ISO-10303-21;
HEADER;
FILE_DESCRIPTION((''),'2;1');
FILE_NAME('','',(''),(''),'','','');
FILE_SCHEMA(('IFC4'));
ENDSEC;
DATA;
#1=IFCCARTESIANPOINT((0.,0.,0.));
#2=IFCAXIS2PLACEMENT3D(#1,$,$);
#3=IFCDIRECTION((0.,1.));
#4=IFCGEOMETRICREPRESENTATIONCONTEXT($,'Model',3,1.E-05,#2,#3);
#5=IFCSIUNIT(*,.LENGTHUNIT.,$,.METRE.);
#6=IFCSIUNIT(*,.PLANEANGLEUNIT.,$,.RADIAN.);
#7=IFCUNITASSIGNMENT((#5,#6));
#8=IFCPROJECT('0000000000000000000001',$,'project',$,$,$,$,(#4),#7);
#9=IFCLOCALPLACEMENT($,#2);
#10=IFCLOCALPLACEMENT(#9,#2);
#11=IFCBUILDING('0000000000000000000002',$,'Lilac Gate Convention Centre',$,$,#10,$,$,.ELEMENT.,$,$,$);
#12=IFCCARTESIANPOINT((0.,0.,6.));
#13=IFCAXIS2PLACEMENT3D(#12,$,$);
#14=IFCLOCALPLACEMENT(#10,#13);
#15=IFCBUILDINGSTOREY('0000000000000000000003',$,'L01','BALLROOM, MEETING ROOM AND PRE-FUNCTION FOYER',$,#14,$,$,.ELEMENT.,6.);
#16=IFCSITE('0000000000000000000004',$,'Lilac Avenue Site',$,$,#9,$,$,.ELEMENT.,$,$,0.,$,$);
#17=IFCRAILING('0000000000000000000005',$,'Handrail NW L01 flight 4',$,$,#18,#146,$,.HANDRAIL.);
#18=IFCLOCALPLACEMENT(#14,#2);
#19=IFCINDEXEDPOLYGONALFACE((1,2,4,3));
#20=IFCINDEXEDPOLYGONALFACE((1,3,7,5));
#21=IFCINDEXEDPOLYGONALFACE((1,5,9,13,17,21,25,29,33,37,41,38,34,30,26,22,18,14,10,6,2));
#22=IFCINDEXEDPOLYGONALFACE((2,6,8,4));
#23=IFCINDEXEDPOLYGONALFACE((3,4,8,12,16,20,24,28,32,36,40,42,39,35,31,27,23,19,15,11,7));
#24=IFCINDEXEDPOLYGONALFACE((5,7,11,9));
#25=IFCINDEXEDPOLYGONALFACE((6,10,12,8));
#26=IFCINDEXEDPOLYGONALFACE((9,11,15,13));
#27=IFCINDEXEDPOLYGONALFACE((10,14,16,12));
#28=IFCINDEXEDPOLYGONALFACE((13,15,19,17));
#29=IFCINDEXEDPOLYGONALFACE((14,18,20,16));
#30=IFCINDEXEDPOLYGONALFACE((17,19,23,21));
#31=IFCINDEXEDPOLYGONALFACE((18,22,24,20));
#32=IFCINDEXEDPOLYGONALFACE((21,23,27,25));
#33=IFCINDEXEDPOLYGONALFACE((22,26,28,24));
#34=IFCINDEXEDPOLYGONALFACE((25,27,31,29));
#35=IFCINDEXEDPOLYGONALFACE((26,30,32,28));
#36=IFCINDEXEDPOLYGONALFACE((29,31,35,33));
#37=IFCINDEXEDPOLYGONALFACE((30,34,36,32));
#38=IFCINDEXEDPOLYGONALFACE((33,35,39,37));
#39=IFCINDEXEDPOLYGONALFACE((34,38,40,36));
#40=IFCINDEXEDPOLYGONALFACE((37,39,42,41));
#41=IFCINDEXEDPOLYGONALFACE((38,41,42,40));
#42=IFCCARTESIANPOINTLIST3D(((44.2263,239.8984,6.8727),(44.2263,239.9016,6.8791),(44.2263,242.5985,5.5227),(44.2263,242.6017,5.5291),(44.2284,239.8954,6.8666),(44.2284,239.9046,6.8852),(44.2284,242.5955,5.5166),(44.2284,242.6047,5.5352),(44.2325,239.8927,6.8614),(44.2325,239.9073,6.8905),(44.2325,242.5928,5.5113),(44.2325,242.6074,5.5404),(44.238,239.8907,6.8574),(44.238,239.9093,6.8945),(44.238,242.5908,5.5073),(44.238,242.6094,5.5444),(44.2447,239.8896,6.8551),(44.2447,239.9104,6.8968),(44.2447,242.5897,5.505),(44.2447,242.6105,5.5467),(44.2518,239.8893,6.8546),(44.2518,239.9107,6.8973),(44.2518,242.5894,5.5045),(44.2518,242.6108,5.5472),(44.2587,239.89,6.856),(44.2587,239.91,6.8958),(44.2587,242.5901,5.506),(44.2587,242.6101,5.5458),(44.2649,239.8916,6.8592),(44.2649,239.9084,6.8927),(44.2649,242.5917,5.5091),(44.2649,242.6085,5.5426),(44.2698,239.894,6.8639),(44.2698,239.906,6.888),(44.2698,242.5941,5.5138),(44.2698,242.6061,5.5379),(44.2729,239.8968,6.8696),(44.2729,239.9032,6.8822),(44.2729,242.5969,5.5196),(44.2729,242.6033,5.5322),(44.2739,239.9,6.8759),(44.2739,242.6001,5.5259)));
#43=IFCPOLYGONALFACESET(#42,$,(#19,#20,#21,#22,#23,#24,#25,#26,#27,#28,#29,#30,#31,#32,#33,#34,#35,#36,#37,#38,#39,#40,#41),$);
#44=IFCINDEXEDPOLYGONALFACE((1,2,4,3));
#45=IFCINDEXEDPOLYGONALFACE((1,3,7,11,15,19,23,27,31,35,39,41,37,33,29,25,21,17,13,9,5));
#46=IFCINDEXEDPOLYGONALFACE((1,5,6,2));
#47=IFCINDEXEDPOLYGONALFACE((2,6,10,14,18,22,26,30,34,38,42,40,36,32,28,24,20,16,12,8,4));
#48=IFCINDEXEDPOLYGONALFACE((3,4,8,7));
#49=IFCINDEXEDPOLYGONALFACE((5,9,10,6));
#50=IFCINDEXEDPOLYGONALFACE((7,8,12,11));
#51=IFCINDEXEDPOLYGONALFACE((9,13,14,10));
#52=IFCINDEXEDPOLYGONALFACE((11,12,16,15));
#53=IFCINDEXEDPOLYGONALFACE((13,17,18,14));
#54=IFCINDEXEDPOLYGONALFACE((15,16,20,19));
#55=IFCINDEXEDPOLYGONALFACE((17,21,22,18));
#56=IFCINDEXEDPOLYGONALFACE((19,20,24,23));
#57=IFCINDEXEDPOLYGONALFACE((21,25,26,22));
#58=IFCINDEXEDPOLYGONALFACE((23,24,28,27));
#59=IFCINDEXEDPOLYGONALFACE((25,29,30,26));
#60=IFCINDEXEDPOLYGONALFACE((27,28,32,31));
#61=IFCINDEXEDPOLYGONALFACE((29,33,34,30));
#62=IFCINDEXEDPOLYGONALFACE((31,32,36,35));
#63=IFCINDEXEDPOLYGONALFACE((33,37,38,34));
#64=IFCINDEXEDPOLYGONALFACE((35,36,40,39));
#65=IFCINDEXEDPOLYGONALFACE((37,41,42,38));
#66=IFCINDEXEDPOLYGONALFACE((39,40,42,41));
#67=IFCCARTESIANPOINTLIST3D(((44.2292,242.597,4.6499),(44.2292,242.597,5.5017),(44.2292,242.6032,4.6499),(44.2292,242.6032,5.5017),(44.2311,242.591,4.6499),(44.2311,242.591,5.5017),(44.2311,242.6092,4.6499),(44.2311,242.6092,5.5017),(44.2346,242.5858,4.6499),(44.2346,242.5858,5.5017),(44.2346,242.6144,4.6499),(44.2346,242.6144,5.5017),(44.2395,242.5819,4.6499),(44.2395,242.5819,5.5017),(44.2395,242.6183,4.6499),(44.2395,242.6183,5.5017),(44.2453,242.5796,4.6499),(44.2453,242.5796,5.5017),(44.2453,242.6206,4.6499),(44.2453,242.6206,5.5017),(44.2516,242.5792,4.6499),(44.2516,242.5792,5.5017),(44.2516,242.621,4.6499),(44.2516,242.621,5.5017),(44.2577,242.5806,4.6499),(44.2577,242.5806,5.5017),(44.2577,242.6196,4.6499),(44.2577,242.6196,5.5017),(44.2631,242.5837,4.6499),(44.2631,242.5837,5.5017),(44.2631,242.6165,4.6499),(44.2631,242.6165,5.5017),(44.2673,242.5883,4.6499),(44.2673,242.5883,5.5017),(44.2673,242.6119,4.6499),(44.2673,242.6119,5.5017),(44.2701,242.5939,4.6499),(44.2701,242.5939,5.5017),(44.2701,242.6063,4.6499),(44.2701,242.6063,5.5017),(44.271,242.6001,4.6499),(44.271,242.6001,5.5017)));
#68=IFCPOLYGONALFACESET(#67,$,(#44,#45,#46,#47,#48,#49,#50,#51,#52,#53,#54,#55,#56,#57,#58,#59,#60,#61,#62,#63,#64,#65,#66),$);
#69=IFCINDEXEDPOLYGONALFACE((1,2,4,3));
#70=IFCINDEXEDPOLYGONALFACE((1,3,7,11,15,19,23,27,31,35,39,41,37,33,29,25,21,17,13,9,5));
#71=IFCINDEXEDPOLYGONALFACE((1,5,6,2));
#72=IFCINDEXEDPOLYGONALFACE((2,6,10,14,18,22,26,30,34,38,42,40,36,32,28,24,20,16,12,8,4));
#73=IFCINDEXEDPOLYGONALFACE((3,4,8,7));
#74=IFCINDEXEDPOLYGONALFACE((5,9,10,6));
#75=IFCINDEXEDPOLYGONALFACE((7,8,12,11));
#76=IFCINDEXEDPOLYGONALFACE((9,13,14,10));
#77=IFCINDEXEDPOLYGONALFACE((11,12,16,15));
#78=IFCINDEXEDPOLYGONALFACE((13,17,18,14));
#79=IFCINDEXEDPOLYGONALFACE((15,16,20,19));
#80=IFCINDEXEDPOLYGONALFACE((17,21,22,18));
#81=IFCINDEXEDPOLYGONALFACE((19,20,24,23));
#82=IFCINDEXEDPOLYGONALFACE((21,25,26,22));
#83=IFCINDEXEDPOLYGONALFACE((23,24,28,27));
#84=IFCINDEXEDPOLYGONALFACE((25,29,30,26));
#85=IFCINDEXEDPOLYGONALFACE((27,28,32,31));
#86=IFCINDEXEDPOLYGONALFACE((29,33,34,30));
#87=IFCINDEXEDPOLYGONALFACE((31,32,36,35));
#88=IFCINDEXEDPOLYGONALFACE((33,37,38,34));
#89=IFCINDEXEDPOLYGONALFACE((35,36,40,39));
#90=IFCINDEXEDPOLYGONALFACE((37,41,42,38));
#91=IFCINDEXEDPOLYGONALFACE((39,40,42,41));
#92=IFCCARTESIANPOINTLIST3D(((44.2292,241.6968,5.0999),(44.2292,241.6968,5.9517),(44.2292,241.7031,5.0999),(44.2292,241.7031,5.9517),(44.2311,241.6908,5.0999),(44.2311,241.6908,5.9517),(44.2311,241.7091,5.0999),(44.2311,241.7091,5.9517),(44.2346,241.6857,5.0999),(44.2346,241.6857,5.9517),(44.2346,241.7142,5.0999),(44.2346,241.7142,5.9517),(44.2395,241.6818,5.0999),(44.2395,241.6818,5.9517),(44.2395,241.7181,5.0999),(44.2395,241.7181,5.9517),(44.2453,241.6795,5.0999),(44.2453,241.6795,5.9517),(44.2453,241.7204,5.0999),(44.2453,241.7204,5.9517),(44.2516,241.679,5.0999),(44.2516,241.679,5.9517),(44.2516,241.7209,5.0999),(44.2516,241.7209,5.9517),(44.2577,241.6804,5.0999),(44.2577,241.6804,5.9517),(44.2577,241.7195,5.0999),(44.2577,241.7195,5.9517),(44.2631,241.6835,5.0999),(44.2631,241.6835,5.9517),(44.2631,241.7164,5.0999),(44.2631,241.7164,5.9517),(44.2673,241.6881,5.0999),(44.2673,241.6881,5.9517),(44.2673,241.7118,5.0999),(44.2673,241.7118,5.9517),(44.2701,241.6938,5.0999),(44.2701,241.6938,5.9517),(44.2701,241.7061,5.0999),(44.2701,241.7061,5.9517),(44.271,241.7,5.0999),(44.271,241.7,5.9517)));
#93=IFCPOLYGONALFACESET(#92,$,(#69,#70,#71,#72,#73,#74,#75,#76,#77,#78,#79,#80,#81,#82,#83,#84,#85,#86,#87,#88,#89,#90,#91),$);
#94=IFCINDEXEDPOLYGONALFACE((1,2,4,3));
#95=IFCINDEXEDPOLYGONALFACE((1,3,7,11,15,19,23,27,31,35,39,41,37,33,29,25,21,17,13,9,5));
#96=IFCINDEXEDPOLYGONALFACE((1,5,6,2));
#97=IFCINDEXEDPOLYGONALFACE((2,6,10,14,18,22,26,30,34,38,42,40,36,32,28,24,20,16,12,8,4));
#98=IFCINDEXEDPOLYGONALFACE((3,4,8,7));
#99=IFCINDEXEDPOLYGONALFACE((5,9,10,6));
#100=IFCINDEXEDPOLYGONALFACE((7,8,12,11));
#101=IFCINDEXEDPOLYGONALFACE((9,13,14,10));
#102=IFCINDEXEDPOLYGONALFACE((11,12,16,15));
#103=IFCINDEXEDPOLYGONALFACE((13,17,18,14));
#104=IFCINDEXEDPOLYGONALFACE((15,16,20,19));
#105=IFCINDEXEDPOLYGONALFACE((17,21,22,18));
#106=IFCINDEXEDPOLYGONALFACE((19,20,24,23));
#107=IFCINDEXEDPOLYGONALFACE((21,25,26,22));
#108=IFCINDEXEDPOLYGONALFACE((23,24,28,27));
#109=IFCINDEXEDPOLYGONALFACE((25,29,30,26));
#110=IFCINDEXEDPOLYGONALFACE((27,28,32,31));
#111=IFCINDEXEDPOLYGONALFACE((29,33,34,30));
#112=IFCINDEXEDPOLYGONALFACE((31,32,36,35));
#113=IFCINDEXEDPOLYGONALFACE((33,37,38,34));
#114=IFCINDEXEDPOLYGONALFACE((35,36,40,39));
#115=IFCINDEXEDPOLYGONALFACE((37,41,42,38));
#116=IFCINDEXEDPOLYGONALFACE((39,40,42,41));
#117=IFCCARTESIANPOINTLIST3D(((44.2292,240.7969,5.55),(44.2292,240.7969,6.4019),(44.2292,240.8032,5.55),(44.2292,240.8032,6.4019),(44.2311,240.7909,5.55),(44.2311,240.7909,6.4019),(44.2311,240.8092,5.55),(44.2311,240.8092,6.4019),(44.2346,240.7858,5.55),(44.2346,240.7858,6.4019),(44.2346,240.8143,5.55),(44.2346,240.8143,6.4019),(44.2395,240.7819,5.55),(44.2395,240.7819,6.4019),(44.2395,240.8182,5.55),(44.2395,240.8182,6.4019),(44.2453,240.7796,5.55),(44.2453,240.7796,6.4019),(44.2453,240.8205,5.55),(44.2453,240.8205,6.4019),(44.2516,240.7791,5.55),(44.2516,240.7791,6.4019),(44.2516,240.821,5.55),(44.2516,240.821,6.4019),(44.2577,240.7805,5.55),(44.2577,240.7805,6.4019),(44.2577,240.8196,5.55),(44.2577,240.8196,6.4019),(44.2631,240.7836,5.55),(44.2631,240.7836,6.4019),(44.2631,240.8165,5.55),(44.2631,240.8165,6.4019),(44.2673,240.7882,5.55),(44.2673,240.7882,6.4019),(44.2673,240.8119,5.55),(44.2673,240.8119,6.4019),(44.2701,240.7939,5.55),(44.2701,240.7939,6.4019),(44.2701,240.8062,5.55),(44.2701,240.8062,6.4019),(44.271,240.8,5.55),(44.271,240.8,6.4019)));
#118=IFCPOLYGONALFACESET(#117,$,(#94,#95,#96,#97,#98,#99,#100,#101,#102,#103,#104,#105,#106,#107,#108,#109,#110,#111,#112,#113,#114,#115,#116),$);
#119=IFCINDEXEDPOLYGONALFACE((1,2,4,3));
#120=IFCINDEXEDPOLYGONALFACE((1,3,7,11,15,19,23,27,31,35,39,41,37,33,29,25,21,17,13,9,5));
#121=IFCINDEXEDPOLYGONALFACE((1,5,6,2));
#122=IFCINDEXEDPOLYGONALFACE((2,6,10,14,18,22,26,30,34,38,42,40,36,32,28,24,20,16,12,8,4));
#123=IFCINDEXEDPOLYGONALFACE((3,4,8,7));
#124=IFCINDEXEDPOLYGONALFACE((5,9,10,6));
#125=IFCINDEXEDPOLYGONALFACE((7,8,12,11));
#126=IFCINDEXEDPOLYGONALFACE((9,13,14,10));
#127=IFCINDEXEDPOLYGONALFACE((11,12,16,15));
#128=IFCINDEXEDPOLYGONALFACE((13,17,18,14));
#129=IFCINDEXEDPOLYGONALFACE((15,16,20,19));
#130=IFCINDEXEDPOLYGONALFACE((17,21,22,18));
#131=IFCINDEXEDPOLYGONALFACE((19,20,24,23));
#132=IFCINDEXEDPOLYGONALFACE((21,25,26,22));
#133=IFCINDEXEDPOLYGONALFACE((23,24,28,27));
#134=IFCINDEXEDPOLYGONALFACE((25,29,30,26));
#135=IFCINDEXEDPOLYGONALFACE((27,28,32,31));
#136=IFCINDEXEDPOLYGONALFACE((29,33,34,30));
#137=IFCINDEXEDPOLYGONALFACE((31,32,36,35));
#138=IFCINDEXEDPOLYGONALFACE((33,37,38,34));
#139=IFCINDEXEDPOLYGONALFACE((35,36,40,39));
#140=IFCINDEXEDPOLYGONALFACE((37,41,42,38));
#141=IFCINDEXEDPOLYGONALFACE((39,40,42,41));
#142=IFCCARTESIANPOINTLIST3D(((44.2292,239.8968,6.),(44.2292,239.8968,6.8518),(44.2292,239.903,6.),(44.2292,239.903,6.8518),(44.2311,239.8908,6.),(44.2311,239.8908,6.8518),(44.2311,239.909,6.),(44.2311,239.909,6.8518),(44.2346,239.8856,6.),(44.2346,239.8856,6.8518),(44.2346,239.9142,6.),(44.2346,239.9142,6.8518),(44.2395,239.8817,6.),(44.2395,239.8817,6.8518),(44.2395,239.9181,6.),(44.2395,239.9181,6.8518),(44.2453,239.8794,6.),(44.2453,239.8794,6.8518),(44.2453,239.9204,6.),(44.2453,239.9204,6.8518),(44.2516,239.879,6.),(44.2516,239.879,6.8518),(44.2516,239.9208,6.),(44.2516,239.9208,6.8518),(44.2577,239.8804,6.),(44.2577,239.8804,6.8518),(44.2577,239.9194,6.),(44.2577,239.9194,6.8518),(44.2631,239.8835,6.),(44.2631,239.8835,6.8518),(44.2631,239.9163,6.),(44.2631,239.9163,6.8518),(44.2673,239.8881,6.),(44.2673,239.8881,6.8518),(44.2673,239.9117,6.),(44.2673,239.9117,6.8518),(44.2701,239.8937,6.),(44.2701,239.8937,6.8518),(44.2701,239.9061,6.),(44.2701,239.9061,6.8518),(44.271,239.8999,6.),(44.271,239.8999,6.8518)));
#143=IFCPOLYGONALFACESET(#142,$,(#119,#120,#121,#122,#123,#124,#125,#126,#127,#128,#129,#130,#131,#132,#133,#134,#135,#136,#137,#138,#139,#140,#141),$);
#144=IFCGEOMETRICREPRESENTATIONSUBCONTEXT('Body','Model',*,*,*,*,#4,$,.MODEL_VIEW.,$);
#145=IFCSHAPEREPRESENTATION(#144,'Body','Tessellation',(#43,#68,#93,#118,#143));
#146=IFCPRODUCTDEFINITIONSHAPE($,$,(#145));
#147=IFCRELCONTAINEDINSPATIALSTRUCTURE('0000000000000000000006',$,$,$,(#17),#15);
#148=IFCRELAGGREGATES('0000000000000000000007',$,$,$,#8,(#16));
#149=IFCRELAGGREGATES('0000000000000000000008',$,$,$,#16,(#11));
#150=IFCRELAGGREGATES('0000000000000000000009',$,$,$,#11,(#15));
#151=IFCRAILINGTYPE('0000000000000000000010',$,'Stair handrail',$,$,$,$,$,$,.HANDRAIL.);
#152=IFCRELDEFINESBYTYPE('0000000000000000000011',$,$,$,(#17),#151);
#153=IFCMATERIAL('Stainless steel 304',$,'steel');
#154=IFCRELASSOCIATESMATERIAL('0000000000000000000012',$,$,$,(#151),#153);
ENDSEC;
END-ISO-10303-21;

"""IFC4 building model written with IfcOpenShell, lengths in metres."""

from ifc_helpers import new_model, si_unit, direction, frame, origin, origin_2d, place, context, subcontext, project, spatial, circle, extrude, material, type_object, element, save


model = new_model("IFC4")

# Units and contexts
model_context = context("Model", 3, precision=1e-05, world=origin(), true_north=direction((0.0, 1.0)))
body_context = subcontext(model_context, "Body", "Model", "MODEL_VIEW")
ifc_project = project(units=[si_unit("LENGTHUNIT", "METRE"), si_unit("PLANEANGLEUNIT", "RADIAN")], contexts=[model_context])

# Site, building, storey
site_placement = place(None, origin())
site = spatial("IfcSite", under=ifc_project, at=site_placement, Name="Lilac Avenue Site", CompositionType="ELEMENT", RefElevation=0.0)
building_placement = place(site_placement, origin())
building = spatial("IfcBuilding", under=site, at=building_placement, Name="Lilac Gate Convention Centre", CompositionType="ELEMENT")
storey_placement = place(building_placement, frame((0.0, 0.0, 6.0)))
storey = spatial("IfcBuildingStorey", under=building, at=storey_placement, Name="L01", Description="BALLROOM, MEETING ROOM AND PRE-FUNCTION FOYER", CompositionType="ELEMENT", Elevation=6.0)

# Railing
ifc_material_1 = material(Name="Stainless steel 304", Category="steel")
railing_type = type_object("IfcRailingType", Name="Stair handrail", PredefinedType="HANDRAIL", material=ifc_material_1)
for number, where, name in (
    (1, (44.25, 242.6001, 4.6499), "Handrail NW L01 flight 4"),
):
    element("IfcRailing", number, at=place(storey_placement, frame(where)), inside=storey, type_object=railing_type, Name=name, PredefinedType="HANDRAIL", context=body_context, shape_type="SweptSolid", body=[
        extrude(circle(Radius=0.0239, at=origin_2d()), frame((0.0, 0.0, 0.876), z_axis=(0.0, -0.894427, 0.447214), x_axis=(1.0, 0.0, 0.0)), (0.0, 0.0, 1.0), 3.0188),
        extrude(circle(Radius=0.021, at=origin_2d()), origin(), (0.0, 0.0, 1.0), 0.8518),
        extrude(circle(Radius=0.021, at=origin_2d()), frame((0.0, -0.9001, 0.45)), (0.0, 0.0, 1.0), 0.8518),
        extrude(circle(Radius=0.021, at=origin_2d()), frame((0.0, -1.8, 0.9001)), (0.0, 0.0, 1.0), 0.8518),
        extrude(circle(Radius=0.021, at=origin_2d()), frame((0.0, -2.7002, 1.3501)), (0.0, 0.0, 1.0), 0.8518),
    ])

save(model, "model.ifc")
